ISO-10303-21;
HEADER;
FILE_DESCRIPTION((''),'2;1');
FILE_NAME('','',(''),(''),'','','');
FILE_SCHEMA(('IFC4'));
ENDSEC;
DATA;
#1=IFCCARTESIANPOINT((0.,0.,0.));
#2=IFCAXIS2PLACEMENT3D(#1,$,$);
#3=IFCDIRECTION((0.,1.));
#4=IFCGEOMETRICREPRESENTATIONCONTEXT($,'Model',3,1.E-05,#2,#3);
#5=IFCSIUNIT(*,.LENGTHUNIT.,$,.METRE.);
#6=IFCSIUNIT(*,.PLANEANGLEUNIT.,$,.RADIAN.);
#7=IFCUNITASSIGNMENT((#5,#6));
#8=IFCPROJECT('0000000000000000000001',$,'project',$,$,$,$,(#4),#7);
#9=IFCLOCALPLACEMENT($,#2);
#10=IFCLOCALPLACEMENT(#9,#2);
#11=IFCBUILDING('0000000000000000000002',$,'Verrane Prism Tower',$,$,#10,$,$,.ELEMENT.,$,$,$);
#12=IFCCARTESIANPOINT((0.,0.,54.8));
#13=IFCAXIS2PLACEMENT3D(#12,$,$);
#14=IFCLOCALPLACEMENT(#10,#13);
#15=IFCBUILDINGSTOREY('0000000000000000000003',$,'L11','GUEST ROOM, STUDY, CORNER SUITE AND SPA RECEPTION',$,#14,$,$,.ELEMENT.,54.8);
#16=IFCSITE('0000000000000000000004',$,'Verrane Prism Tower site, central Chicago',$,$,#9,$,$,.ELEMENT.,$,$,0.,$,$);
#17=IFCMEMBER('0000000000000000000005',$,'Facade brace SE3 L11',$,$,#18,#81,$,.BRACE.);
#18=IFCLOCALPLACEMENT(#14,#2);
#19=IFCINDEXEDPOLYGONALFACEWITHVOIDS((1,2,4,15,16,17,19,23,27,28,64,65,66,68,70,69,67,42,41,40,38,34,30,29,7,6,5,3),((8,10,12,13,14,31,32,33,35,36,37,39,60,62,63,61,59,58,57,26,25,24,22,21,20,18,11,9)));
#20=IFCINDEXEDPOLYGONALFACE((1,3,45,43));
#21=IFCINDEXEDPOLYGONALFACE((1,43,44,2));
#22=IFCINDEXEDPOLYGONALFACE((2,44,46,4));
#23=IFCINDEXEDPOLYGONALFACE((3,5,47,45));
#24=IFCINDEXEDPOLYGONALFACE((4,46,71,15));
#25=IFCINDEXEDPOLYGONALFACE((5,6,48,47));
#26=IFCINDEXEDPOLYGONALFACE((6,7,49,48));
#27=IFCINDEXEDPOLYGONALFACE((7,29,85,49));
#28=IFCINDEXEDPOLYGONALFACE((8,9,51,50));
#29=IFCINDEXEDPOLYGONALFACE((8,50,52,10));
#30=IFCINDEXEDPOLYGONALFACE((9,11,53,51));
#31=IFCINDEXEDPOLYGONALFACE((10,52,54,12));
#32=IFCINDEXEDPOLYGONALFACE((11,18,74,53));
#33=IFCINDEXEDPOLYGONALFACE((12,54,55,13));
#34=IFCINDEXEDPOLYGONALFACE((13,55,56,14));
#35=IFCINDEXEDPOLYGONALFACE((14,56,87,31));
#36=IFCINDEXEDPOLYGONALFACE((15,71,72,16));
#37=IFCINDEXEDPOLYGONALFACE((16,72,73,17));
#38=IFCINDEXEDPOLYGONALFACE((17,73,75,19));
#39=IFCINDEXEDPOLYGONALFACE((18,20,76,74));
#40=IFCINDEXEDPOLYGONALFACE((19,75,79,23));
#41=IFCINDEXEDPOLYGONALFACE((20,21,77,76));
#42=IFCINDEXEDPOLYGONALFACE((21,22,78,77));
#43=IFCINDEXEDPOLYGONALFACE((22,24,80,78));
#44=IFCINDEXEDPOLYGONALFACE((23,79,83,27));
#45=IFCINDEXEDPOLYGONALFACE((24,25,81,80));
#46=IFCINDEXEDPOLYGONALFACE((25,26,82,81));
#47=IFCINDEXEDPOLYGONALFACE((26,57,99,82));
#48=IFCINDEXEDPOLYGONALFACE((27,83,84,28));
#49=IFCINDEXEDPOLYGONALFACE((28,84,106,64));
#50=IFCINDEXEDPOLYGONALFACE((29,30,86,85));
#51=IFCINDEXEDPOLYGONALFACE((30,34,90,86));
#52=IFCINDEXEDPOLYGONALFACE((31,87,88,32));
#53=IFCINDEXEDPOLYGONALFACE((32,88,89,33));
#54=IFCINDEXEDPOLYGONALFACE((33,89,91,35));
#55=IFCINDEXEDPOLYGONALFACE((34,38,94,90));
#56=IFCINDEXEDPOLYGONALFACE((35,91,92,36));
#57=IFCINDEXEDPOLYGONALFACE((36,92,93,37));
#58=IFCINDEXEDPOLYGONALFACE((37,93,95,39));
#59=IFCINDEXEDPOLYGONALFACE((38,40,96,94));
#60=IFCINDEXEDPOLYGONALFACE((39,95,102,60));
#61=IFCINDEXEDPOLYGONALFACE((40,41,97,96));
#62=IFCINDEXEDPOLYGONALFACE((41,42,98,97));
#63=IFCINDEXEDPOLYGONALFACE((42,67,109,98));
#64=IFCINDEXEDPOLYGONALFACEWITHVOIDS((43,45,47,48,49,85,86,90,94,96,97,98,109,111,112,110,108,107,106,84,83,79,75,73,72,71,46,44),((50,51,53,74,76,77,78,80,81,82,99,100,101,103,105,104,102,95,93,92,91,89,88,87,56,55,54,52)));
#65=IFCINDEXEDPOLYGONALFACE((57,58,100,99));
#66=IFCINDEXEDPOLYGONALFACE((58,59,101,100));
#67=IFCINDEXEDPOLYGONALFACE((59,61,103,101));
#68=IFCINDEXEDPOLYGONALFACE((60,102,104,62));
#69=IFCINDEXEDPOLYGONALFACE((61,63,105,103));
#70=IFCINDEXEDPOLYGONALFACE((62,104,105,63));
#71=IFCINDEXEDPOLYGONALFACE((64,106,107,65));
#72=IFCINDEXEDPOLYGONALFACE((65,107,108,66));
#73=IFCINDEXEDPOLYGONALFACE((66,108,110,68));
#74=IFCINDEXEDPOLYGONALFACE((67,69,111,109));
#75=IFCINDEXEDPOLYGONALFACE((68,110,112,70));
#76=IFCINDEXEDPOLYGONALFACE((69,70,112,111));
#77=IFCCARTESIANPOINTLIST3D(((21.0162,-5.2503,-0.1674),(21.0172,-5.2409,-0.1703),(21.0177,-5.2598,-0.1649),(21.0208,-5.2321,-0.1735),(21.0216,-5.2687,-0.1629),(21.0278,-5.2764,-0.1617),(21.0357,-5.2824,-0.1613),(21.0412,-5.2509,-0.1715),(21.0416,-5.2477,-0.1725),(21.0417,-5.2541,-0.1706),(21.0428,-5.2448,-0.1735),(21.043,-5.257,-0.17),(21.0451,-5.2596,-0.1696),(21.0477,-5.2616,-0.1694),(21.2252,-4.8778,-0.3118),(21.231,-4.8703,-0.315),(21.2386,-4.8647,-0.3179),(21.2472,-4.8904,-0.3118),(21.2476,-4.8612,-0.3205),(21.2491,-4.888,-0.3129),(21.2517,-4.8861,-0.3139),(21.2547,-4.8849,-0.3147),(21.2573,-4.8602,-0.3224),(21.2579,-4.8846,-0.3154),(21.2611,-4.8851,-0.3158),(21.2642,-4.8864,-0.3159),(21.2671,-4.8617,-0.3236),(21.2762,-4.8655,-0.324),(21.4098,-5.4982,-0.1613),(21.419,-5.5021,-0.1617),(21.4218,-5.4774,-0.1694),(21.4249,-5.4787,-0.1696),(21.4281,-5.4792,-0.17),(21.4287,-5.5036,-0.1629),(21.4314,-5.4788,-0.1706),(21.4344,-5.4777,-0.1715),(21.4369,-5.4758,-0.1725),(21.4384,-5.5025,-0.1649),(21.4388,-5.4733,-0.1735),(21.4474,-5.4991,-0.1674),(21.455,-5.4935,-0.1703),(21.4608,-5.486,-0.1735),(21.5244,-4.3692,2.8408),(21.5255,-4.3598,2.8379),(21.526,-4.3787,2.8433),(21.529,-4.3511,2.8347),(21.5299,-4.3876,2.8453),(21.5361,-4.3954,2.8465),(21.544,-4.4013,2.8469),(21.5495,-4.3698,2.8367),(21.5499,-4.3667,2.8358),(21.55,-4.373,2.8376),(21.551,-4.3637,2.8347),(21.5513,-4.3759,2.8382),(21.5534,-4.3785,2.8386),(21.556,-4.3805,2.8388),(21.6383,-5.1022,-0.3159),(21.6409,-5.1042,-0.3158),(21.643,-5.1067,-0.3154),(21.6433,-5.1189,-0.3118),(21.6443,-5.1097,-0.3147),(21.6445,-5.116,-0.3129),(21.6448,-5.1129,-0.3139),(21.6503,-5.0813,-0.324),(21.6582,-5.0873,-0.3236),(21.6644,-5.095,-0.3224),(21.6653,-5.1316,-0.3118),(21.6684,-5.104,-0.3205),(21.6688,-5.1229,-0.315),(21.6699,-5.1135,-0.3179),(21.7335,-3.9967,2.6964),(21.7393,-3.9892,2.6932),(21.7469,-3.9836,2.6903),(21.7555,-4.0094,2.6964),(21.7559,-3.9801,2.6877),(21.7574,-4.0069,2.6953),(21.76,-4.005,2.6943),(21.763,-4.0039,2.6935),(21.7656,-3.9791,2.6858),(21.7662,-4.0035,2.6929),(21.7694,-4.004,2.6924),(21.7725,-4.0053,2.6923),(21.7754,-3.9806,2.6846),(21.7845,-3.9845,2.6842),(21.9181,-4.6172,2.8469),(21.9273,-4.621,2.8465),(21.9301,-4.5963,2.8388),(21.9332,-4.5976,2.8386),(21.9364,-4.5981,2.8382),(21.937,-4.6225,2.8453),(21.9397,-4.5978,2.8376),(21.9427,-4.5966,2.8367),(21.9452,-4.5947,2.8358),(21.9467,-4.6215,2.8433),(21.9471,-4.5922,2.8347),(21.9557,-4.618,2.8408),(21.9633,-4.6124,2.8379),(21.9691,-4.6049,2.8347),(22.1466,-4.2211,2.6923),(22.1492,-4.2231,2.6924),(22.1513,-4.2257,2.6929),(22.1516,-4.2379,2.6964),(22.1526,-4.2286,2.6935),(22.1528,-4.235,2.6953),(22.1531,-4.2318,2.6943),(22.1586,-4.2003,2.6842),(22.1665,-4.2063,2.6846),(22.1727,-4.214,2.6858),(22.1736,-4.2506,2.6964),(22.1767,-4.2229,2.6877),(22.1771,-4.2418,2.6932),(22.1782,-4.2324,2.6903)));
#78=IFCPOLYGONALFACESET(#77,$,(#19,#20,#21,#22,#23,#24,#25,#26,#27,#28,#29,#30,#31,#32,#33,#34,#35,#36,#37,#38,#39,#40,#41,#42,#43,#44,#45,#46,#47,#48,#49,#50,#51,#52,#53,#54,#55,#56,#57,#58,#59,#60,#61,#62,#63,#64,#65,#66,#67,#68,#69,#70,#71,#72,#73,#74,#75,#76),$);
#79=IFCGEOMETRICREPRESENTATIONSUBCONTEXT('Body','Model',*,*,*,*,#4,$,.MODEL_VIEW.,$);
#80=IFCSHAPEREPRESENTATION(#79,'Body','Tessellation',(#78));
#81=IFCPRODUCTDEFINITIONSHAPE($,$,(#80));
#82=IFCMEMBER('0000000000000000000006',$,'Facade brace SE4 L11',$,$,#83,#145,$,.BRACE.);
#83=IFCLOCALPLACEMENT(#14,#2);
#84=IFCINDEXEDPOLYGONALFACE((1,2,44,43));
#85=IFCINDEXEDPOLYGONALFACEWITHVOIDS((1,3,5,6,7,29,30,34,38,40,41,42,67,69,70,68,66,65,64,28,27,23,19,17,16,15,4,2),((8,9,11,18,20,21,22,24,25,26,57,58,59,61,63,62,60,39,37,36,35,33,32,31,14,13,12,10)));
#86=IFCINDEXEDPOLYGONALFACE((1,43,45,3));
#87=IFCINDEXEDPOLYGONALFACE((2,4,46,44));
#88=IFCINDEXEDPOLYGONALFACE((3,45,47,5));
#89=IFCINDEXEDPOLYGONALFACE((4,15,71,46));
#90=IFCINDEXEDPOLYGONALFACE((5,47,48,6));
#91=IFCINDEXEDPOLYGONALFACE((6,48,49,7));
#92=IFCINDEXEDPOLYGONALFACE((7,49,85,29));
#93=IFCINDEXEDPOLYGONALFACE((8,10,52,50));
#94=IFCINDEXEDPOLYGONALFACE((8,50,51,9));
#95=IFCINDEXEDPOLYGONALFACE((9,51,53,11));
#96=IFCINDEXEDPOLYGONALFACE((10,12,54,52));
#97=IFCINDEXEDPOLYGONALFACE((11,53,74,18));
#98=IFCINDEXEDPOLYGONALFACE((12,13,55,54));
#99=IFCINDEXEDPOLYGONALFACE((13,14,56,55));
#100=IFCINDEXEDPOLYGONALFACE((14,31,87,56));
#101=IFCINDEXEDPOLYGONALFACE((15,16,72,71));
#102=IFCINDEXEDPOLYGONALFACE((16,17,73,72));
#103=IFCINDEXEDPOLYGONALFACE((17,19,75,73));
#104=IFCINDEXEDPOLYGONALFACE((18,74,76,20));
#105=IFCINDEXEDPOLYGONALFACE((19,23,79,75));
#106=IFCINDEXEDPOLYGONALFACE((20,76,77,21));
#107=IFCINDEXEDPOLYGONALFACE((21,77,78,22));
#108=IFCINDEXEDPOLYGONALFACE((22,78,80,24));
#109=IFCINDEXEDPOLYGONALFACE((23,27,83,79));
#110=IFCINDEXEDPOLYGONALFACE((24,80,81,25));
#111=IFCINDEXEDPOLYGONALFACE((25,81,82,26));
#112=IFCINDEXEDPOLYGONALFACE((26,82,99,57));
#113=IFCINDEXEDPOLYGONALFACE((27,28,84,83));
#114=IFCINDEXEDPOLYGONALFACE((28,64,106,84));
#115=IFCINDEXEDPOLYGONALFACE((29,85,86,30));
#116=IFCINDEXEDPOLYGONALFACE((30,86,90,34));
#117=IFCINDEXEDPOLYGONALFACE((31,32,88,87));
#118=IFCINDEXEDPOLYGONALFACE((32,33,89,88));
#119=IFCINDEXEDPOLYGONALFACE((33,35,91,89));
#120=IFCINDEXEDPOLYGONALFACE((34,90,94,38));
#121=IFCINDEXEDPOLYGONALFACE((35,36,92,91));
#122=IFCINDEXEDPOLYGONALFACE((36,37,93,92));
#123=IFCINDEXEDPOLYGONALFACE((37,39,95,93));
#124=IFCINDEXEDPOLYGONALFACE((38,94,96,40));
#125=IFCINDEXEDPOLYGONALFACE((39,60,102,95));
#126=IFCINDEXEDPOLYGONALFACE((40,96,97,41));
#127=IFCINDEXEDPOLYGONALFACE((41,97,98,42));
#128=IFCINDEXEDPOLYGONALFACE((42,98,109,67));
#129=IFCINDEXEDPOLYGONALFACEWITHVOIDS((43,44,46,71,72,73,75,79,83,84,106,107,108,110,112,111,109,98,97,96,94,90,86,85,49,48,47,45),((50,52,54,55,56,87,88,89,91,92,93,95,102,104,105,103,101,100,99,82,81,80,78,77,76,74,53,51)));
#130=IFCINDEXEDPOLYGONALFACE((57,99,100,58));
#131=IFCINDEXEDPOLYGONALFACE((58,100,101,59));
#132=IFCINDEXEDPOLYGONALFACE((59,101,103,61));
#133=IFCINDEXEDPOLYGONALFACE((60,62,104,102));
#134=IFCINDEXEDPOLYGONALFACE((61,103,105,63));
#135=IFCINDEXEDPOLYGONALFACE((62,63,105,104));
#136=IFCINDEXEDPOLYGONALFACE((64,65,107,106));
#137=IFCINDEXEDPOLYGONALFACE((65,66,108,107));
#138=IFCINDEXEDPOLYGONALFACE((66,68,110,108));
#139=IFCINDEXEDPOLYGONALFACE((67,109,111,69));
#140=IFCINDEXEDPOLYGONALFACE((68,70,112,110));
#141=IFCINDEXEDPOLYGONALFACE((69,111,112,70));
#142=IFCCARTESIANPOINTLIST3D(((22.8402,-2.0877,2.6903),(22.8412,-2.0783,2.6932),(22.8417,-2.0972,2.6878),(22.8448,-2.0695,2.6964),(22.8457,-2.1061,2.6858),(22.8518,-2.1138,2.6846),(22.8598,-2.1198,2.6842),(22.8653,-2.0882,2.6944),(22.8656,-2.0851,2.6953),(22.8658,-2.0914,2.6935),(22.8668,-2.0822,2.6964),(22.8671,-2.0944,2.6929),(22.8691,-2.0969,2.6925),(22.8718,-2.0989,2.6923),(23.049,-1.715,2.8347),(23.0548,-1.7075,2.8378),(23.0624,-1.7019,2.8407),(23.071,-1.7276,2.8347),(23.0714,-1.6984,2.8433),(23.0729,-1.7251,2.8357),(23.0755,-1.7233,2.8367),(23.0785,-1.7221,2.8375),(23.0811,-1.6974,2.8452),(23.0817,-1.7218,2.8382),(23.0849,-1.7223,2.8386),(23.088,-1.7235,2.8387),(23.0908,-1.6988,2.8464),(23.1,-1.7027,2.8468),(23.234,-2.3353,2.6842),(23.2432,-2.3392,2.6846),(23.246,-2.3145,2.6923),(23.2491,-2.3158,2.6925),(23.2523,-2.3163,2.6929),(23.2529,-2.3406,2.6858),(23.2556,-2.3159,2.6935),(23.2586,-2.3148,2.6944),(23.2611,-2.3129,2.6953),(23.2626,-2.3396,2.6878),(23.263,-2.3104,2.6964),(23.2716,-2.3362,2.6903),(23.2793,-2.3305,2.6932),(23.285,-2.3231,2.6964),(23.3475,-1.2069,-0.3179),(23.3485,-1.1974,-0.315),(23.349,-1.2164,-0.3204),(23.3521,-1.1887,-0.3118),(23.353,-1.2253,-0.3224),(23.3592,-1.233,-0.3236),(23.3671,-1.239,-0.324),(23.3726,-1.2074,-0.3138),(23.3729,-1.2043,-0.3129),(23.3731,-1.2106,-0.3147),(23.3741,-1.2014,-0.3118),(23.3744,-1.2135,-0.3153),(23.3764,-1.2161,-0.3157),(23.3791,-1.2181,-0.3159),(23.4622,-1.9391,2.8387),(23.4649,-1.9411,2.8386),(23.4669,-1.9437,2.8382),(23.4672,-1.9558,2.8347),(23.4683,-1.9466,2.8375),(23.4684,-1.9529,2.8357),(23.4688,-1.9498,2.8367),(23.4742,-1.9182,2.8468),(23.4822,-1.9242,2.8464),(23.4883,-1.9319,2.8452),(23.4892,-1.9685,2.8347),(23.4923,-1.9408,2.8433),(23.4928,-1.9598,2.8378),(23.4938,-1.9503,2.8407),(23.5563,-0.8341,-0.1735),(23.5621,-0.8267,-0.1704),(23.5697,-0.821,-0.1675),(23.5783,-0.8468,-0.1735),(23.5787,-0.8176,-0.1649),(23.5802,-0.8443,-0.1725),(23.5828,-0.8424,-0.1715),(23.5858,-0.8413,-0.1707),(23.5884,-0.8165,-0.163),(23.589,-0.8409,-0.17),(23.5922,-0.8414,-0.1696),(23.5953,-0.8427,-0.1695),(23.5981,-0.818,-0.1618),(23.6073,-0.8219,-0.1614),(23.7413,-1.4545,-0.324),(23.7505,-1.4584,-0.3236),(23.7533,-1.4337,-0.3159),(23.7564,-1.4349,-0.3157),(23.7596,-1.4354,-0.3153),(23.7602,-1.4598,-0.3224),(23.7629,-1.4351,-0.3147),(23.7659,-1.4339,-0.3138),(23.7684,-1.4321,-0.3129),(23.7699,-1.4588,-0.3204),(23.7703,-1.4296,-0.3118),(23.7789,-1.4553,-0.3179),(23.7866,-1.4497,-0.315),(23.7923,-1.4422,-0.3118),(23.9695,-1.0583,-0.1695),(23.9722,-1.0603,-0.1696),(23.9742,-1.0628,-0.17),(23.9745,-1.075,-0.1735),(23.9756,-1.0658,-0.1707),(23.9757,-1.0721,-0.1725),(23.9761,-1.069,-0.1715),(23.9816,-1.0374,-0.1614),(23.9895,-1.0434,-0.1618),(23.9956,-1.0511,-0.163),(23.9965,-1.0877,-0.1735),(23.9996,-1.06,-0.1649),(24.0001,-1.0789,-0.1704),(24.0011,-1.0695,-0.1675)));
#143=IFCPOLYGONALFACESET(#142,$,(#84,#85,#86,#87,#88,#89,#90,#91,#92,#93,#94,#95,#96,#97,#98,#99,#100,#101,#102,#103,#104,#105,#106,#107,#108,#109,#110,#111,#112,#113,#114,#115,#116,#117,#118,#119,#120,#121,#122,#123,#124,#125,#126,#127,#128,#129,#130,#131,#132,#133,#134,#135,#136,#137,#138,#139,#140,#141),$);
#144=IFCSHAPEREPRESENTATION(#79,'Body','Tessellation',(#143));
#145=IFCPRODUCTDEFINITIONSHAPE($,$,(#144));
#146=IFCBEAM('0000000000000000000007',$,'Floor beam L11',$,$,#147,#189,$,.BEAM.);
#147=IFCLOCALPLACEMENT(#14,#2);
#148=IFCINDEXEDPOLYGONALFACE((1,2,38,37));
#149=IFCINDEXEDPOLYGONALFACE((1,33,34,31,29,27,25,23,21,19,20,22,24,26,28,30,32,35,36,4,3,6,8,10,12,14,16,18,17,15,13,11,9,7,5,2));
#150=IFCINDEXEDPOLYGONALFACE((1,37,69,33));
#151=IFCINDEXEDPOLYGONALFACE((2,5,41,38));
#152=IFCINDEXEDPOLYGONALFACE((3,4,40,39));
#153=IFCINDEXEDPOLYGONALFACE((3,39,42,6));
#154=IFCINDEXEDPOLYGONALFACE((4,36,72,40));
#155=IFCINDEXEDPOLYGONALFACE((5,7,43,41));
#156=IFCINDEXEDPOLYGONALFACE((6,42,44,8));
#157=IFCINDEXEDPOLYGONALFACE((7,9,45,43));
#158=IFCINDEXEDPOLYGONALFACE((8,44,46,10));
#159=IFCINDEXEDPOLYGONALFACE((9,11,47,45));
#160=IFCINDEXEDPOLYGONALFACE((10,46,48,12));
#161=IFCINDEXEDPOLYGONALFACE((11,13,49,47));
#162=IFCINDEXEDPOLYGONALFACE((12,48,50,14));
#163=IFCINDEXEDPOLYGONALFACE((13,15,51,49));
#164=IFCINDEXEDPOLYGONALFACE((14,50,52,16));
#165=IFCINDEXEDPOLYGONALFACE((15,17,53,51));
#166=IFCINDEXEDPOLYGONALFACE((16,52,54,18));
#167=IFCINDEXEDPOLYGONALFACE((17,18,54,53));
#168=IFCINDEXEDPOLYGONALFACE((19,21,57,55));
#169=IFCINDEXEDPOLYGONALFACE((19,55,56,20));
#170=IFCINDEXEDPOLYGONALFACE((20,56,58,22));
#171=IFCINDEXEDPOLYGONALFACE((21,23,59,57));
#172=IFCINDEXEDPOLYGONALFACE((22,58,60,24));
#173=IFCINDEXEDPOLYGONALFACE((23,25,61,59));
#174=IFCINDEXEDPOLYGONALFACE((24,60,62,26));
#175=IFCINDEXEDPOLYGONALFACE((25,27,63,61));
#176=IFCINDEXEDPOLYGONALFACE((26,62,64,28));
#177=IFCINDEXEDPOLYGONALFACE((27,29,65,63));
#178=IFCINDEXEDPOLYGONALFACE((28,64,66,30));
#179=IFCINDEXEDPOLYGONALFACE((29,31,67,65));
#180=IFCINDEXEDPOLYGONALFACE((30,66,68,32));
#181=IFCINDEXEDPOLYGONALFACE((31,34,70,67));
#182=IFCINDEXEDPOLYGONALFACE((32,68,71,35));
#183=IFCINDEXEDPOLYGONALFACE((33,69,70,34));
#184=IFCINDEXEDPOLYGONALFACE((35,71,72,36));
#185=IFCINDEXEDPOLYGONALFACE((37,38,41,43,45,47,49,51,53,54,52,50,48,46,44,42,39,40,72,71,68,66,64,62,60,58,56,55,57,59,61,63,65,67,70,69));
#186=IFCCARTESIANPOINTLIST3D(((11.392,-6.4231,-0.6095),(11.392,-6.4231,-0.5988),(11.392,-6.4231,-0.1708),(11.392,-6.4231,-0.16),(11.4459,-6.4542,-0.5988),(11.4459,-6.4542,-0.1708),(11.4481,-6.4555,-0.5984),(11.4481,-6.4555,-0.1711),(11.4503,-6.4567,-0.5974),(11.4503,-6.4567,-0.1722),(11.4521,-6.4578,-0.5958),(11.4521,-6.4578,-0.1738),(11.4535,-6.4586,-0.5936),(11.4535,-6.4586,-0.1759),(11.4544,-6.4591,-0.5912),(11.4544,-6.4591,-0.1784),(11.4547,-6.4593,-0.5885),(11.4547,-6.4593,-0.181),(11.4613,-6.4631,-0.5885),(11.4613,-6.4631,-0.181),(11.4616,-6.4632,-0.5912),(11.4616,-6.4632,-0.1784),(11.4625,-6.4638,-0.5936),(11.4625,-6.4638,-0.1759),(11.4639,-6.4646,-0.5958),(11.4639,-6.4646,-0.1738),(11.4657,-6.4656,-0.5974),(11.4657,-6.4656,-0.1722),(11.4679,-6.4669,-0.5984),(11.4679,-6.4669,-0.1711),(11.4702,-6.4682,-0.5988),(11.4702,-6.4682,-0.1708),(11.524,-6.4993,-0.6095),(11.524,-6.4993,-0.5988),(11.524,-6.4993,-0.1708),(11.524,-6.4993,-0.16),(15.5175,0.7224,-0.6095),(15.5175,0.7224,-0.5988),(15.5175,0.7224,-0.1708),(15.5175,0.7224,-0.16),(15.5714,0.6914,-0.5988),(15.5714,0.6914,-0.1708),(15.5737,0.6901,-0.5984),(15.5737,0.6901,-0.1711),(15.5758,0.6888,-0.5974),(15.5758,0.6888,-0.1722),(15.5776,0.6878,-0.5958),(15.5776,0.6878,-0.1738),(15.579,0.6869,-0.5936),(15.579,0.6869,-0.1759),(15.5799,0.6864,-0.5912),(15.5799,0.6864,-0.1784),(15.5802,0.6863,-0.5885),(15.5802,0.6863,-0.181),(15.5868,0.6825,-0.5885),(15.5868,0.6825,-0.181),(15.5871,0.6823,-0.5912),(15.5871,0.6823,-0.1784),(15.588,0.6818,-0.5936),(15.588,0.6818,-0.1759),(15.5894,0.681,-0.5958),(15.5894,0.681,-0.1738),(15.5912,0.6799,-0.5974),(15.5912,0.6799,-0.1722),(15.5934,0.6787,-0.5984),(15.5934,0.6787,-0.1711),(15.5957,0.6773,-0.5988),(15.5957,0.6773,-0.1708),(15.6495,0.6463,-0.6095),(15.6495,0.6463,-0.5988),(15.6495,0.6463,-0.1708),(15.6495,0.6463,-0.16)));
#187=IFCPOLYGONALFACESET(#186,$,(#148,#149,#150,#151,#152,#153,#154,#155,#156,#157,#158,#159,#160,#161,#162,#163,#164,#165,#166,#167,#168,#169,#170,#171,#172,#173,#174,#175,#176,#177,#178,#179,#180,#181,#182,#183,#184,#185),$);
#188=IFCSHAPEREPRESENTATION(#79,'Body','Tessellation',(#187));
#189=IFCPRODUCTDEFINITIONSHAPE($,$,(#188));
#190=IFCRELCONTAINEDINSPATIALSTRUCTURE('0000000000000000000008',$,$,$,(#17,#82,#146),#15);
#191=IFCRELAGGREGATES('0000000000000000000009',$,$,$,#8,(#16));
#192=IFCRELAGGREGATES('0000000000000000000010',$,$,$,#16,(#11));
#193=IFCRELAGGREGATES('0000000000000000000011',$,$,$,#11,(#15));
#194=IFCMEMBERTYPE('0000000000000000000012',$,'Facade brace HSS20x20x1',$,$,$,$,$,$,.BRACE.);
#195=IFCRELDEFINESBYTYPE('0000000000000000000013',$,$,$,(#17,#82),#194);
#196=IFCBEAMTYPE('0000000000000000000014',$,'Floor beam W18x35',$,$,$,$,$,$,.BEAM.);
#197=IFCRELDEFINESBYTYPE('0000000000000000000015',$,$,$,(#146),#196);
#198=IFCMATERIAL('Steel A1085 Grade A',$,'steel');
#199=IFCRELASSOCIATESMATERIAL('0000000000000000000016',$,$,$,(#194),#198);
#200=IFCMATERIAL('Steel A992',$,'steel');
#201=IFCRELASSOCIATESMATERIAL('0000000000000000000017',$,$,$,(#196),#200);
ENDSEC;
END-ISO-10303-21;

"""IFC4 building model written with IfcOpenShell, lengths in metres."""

from ifc_helpers import new_model, si_unit, direction, frame, origin, origin_2d, place, context, subcontext, project, spatial, hollow_rectangle, i_section, extrude, material, material_profile, profile_set, type_object, element, save


model = new_model("IFC4")

# Units and contexts
model_context = context("Model", 3, precision=1e-05, world=origin(), true_north=direction((0.0, 1.0)))
body_context = subcontext(model_context, "Body", "Model", "MODEL_VIEW")
ifc_project = project(units=[si_unit("LENGTHUNIT", "METRE"), si_unit("PLANEANGLEUNIT", "RADIAN")], contexts=[model_context])

# Site, building, storey
site_placement = place(None, origin())
site = spatial("IfcSite", under=ifc_project, at=site_placement, Name="Verrane Prism Tower site, central Chicago", CompositionType="ELEMENT", RefElevation=0.0)
building_placement = place(site_placement, origin())
building = spatial("IfcBuilding", under=site, at=building_placement, Name="Verrane Prism Tower", CompositionType="ELEMENT")
storey_placement = place(building_placement, frame((0.0, 0.0, 54.8)))
storey = spatial("IfcBuildingStorey", under=building, at=storey_placement, Name="L11", Description="GUEST ROOM, STUDY, CORNER SUITE AND SPA RECEPTION", CompositionType="ELEMENT", Elevation=54.8)

# Members
ifc_material_1 = material(Name="Steel A1085 Grade A", Category="steel")
ifc_material_profile_1 = material_profile(ifc_material_1, hollow_rectangle(XDim=0.5081, YDim=0.5081, WallThickness=0.0254, InnerFilletRadius=0.0127, OuterFilletRadius=0.0381, at=origin_2d()), Name="HSS20x20x1")
ifc_profile_set_1 = profile_set([ifc_material_profile_1], Name="Steel A1085 Grade A")
member_type_1 = type_object("IfcMemberType", Name="Facade brace HSS20x20x1", PredefinedType="BRACE", material=ifc_profile_set_1)
member_1_placement = place(storey_placement, frame((21.343, -5.1819, -0.2427), z_axis=(0.160063, 0.277458, 0.94731), x_axis=(-0.866198, 0.499702, 0.0)))
element("IfcMember", 1, at=member_1_placement, inside=storey, type_object=member_type_1, Name="Facade brace SE3 L11", PredefinedType="BRACE", context=body_context, shape_type="SweptSolid", body=[
    extrude(hollow_rectangle(XDim=0.5081, YDim=0.5081, WallThickness=0.0254, InnerFilletRadius=0.0127, OuterFilletRadius=0.0381, at=origin_2d()), origin(), (0.0, 0.0, 1.0), 3.1755),
])
member_2_placement = place(storey_placement, frame((23.6743, -1.1382, -0.2427), z_axis=(-0.159767, -0.277401, 0.947377), x_axis=(0.866553, -0.499085, 0.0)))
element("IfcMember", 2, at=member_2_placement, inside=storey, type_object=member_type_1, Name="Facade brace SE4 L11", PredefinedType="BRACE", context=body_context, shape_type="SweptSolid", body=[
    extrude(hollow_rectangle(XDim=0.5081, YDim=0.5081, WallThickness=0.0254, InnerFilletRadius=0.0127, OuterFilletRadius=0.0381, at=origin_2d()), origin(), (0.0, 0.0, 1.0), 3.1753),
])

# Beam
ifc_material_2 = material(Name="Steel A992", Category="steel")
ifc_material_profile_2 = material_profile(ifc_material_2, i_section(OverallWidth=0.1523, OverallDepth=0.4495, WebThickness=0.0076, FlangeThickness=0.0107, FilletRadius=0.0103, at=origin_2d()), Name="W18x35")
ifc_profile_set_2 = profile_set([ifc_material_profile_2], Name="Steel A992")
beam_type_1 = type_object("IfcBeamType", Name="Floor beam W18x35", PredefinedType="BEAM", material=ifc_profile_set_2)
beam_1_placement = place(storey_placement, frame((11.458, -6.4612, -0.3848), z_axis=(0.500002, 0.866024, 0.0), x_axis=(-0.866024, 0.500002, 0.0)))
element("IfcBeam", 3, at=beam_1_placement, inside=storey, type_object=beam_type_1, Name="Floor beam L11", PredefinedType="BEAM", context=body_context, shape_type="SweptSolid", body=[
    extrude(i_section(OverallWidth=0.1523, OverallDepth=0.4495, WebThickness=0.0076, FlangeThickness=0.0107, FilletRadius=0.0103, at=origin_2d()), origin(), (0.0, 0.0, 1.0), 8.251),
])

save(model, "model.ifc")
